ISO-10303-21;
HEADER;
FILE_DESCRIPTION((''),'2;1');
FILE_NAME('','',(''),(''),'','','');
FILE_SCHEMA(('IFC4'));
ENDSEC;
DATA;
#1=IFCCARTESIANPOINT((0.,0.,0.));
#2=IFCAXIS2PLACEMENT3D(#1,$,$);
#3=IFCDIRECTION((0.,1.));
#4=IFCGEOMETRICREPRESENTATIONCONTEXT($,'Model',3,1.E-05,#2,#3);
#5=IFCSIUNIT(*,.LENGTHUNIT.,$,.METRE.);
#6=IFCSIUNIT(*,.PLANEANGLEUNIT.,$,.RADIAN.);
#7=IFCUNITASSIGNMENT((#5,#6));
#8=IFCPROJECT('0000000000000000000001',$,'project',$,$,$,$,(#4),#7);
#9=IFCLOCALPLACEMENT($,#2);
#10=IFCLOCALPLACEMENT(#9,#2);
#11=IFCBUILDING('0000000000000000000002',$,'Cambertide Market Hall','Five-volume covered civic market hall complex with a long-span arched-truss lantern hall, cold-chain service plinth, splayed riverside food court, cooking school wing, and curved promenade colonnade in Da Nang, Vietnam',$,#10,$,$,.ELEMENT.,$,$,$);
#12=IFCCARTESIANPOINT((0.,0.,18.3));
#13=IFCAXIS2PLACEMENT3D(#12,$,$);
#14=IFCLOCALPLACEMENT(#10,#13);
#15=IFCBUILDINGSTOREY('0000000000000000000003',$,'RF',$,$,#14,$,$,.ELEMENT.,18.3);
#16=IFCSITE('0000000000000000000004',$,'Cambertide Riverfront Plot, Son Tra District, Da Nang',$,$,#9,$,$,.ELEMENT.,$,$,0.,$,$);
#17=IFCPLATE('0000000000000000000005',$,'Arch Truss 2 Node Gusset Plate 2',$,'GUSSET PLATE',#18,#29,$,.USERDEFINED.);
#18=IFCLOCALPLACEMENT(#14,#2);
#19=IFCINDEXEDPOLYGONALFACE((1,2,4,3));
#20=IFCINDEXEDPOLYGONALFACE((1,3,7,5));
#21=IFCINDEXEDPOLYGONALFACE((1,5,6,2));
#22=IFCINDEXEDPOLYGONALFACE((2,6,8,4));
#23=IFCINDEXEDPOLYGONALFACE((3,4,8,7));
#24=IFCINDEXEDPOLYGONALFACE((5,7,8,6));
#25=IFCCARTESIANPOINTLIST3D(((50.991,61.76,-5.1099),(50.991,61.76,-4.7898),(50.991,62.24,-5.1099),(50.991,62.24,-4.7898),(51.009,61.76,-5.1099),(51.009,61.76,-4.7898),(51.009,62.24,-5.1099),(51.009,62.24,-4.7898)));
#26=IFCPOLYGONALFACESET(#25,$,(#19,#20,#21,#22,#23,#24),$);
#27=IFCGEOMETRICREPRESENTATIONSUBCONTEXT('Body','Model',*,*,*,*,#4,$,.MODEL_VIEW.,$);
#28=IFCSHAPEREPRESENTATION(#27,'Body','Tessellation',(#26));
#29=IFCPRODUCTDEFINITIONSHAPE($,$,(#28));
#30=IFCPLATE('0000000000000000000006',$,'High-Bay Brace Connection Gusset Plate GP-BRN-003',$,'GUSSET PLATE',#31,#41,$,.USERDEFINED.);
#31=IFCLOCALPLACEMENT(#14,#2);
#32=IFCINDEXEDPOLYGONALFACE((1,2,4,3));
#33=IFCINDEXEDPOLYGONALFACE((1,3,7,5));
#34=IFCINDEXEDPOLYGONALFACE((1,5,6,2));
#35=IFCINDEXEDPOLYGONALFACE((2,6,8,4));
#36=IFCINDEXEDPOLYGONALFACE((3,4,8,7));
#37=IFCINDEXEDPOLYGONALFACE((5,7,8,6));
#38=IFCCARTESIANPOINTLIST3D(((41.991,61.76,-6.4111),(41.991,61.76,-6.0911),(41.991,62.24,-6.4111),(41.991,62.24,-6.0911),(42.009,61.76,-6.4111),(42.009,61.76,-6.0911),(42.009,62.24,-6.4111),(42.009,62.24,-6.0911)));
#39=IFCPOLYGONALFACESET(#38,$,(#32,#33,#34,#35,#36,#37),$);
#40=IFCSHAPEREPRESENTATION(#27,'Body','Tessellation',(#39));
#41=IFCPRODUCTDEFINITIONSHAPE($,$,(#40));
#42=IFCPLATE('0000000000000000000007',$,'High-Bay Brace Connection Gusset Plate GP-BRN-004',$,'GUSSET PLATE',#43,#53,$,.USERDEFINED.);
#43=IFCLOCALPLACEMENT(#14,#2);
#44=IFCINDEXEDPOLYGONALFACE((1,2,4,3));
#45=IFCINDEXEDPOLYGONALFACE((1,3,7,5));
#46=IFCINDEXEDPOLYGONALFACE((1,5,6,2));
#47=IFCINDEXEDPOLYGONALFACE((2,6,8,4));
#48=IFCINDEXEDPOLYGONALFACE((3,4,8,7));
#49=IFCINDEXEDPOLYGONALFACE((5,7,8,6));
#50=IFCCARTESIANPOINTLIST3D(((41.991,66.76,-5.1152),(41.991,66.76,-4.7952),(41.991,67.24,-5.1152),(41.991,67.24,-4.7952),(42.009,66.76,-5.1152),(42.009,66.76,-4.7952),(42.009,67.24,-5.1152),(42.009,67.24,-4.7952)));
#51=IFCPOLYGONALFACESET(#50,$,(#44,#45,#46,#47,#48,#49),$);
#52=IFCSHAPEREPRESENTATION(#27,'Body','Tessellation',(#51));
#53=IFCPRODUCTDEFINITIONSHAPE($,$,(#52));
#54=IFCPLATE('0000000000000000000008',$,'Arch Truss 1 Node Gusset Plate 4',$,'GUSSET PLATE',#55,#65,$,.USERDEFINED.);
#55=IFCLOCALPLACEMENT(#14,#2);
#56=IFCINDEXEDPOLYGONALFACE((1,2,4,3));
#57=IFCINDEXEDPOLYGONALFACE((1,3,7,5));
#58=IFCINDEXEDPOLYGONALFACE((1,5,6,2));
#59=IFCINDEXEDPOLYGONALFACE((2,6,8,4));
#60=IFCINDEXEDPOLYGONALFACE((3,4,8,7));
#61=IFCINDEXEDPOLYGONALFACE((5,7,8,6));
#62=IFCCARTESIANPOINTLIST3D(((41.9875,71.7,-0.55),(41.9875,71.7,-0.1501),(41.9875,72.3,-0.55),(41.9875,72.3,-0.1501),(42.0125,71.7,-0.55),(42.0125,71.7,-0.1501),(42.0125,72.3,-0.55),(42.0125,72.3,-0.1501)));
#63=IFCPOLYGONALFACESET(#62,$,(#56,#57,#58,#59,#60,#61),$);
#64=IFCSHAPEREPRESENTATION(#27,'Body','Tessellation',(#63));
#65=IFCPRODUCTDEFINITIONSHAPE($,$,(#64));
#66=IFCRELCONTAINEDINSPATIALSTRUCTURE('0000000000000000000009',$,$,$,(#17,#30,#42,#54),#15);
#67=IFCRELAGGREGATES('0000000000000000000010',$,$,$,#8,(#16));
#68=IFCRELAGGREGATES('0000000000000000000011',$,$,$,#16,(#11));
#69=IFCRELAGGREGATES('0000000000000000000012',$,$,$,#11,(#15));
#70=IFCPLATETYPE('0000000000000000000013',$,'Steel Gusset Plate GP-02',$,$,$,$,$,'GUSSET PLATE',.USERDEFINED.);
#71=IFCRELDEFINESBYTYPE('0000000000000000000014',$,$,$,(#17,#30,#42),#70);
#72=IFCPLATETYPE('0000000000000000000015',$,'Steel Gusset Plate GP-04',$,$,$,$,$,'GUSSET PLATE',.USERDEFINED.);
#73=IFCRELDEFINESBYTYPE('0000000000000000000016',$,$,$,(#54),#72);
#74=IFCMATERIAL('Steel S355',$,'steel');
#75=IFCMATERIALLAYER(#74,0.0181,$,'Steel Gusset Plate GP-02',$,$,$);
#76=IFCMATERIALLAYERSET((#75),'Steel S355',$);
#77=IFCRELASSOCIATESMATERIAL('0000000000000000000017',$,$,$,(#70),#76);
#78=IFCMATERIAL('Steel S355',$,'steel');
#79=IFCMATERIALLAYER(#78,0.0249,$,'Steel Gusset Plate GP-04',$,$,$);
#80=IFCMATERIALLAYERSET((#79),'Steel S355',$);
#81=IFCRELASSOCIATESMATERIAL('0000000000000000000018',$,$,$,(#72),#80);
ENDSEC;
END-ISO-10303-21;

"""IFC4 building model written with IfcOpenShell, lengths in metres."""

from ifc_helpers import new_model, si_unit, direction, frame, origin, origin_2d, place, context, subcontext, project, spatial, rectangle, extrude, material, layer, layer_set, type_object, element, save


model = new_model("IFC4")

# Units and contexts
model_context = context("Model", 3, precision=1e-05, world=origin(), true_north=direction((0.0, 1.0)))
body_context = subcontext(model_context, "Body", "Model", "MODEL_VIEW")
ifc_project = project(units=[si_unit("LENGTHUNIT", "METRE"), si_unit("PLANEANGLEUNIT", "RADIAN")], contexts=[model_context])

# Site, building, storey
site_placement = place(None, origin())
site = spatial("IfcSite", under=ifc_project, at=site_placement, Name="Cambertide Riverfront Plot, Son Tra District, Da Nang", CompositionType="ELEMENT", RefElevation=0.0)
building_placement = place(site_placement, origin())
building = spatial("IfcBuilding", under=site, at=building_placement, Name="Cambertide Market Hall", Description="Five-volume covered civic market hall complex with a long-span arched-truss lantern hall, cold-chain service plinth, splayed riverside food court, cooking school wing, and curved promenade colonnade in Da Nang, Vietnam", CompositionType="ELEMENT")
storey_placement = place(building_placement, frame((0.0, 0.0, 18.3)))
storey = spatial("IfcBuildingStorey", under=building, at=storey_placement, Name="RF", CompositionType="ELEMENT", Elevation=18.3)

# Plates
ifc_material_1 = material(Name="Steel S355", Category="steel")
ifc_layer_1 = layer(ifc_material_1, 0.0181, Name="Steel Gusset Plate GP-02")
ifc_layer_set_1 = layer_set([ifc_layer_1], Name="Steel S355")
plate_type_1 = type_object("IfcPlateType", Name="Steel Gusset Plate GP-02", ElementType="GUSSET PLATE", PredefinedType="USERDEFINED", material=ifc_layer_set_1)
for number, where, z_axis, x_axis, name in (
    (1, (51.0, 62.0, -5.1099), (0.0, 0.0, 1.0), (1.0, 0.0, 0.0), "Arch Truss 2 Node Gusset Plate 2"),
):
    element("IfcPlate", number, at=place(storey_placement, frame(where, z_axis=z_axis, x_axis=x_axis)), inside=storey, type_object=plate_type_1, Name=name, ObjectType="GUSSET PLATE", PredefinedType="USERDEFINED", context=body_context, shape_type="SweptSolid", body=[
        extrude(rectangle(XDim=0.0181, YDim=0.48, at=origin_2d()), origin(), (0.0, 0.0, 1.0), 0.3201),
    ])
for number, where, z_axis, x_axis, name in (
    (2, (42.0, 62.0, -6.4111), (0.0, 0.0, 1.0), (0.0, 1.0, 0.0), "High-Bay Brace Connection Gusset Plate GP-BRN-003"),
    (3, (42.0, 67.0, -5.1152), (0.0, 0.0, 1.0), (0.0, 1.0, 0.0), "High-Bay Brace Connection Gusset Plate GP-BRN-004"),
):
    element("IfcPlate", number, at=place(storey_placement, frame(where, z_axis=z_axis, x_axis=x_axis)), inside=storey, type_object=plate_type_1, Name=name, ObjectType="GUSSET PLATE", PredefinedType="USERDEFINED", context=body_context, shape_type="SweptSolid", body=[
        extrude(rectangle(XDim=0.48, YDim=0.0181, at=origin_2d()), origin(), (0.0, 0.0, 1.0), 0.3201),
    ])
ifc_material_2 = material(Name="Steel S355", Category="steel")
ifc_layer_2 = layer(ifc_material_2, 0.0249, Name="Steel Gusset Plate GP-04")
ifc_layer_set_2 = layer_set([ifc_layer_2], Name="Steel S355")
plate_type_2 = type_object("IfcPlateType", Name="Steel Gusset Plate GP-04", ElementType="GUSSET PLATE", PredefinedType="USERDEFINED", material=ifc_layer_set_2)
plate_1_placement = place(storey_placement, frame((42.0, 72.0, -0.55), z_axis=(0.0, 0.0, 1.0), x_axis=(1.0, 0.0, 0.0)))
element("IfcPlate", 4, at=plate_1_placement, inside=storey, type_object=plate_type_2, Name="Arch Truss 1 Node Gusset Plate 4", ObjectType="GUSSET PLATE", PredefinedType="USERDEFINED", context=body_context, shape_type="SweptSolid", body=[
    extrude(rectangle(XDim=0.0249, YDim=0.6001, at=origin_2d()), origin(), (0.0, 0.0, 1.0), 0.3999),
])

save(model, "model.ifc")
